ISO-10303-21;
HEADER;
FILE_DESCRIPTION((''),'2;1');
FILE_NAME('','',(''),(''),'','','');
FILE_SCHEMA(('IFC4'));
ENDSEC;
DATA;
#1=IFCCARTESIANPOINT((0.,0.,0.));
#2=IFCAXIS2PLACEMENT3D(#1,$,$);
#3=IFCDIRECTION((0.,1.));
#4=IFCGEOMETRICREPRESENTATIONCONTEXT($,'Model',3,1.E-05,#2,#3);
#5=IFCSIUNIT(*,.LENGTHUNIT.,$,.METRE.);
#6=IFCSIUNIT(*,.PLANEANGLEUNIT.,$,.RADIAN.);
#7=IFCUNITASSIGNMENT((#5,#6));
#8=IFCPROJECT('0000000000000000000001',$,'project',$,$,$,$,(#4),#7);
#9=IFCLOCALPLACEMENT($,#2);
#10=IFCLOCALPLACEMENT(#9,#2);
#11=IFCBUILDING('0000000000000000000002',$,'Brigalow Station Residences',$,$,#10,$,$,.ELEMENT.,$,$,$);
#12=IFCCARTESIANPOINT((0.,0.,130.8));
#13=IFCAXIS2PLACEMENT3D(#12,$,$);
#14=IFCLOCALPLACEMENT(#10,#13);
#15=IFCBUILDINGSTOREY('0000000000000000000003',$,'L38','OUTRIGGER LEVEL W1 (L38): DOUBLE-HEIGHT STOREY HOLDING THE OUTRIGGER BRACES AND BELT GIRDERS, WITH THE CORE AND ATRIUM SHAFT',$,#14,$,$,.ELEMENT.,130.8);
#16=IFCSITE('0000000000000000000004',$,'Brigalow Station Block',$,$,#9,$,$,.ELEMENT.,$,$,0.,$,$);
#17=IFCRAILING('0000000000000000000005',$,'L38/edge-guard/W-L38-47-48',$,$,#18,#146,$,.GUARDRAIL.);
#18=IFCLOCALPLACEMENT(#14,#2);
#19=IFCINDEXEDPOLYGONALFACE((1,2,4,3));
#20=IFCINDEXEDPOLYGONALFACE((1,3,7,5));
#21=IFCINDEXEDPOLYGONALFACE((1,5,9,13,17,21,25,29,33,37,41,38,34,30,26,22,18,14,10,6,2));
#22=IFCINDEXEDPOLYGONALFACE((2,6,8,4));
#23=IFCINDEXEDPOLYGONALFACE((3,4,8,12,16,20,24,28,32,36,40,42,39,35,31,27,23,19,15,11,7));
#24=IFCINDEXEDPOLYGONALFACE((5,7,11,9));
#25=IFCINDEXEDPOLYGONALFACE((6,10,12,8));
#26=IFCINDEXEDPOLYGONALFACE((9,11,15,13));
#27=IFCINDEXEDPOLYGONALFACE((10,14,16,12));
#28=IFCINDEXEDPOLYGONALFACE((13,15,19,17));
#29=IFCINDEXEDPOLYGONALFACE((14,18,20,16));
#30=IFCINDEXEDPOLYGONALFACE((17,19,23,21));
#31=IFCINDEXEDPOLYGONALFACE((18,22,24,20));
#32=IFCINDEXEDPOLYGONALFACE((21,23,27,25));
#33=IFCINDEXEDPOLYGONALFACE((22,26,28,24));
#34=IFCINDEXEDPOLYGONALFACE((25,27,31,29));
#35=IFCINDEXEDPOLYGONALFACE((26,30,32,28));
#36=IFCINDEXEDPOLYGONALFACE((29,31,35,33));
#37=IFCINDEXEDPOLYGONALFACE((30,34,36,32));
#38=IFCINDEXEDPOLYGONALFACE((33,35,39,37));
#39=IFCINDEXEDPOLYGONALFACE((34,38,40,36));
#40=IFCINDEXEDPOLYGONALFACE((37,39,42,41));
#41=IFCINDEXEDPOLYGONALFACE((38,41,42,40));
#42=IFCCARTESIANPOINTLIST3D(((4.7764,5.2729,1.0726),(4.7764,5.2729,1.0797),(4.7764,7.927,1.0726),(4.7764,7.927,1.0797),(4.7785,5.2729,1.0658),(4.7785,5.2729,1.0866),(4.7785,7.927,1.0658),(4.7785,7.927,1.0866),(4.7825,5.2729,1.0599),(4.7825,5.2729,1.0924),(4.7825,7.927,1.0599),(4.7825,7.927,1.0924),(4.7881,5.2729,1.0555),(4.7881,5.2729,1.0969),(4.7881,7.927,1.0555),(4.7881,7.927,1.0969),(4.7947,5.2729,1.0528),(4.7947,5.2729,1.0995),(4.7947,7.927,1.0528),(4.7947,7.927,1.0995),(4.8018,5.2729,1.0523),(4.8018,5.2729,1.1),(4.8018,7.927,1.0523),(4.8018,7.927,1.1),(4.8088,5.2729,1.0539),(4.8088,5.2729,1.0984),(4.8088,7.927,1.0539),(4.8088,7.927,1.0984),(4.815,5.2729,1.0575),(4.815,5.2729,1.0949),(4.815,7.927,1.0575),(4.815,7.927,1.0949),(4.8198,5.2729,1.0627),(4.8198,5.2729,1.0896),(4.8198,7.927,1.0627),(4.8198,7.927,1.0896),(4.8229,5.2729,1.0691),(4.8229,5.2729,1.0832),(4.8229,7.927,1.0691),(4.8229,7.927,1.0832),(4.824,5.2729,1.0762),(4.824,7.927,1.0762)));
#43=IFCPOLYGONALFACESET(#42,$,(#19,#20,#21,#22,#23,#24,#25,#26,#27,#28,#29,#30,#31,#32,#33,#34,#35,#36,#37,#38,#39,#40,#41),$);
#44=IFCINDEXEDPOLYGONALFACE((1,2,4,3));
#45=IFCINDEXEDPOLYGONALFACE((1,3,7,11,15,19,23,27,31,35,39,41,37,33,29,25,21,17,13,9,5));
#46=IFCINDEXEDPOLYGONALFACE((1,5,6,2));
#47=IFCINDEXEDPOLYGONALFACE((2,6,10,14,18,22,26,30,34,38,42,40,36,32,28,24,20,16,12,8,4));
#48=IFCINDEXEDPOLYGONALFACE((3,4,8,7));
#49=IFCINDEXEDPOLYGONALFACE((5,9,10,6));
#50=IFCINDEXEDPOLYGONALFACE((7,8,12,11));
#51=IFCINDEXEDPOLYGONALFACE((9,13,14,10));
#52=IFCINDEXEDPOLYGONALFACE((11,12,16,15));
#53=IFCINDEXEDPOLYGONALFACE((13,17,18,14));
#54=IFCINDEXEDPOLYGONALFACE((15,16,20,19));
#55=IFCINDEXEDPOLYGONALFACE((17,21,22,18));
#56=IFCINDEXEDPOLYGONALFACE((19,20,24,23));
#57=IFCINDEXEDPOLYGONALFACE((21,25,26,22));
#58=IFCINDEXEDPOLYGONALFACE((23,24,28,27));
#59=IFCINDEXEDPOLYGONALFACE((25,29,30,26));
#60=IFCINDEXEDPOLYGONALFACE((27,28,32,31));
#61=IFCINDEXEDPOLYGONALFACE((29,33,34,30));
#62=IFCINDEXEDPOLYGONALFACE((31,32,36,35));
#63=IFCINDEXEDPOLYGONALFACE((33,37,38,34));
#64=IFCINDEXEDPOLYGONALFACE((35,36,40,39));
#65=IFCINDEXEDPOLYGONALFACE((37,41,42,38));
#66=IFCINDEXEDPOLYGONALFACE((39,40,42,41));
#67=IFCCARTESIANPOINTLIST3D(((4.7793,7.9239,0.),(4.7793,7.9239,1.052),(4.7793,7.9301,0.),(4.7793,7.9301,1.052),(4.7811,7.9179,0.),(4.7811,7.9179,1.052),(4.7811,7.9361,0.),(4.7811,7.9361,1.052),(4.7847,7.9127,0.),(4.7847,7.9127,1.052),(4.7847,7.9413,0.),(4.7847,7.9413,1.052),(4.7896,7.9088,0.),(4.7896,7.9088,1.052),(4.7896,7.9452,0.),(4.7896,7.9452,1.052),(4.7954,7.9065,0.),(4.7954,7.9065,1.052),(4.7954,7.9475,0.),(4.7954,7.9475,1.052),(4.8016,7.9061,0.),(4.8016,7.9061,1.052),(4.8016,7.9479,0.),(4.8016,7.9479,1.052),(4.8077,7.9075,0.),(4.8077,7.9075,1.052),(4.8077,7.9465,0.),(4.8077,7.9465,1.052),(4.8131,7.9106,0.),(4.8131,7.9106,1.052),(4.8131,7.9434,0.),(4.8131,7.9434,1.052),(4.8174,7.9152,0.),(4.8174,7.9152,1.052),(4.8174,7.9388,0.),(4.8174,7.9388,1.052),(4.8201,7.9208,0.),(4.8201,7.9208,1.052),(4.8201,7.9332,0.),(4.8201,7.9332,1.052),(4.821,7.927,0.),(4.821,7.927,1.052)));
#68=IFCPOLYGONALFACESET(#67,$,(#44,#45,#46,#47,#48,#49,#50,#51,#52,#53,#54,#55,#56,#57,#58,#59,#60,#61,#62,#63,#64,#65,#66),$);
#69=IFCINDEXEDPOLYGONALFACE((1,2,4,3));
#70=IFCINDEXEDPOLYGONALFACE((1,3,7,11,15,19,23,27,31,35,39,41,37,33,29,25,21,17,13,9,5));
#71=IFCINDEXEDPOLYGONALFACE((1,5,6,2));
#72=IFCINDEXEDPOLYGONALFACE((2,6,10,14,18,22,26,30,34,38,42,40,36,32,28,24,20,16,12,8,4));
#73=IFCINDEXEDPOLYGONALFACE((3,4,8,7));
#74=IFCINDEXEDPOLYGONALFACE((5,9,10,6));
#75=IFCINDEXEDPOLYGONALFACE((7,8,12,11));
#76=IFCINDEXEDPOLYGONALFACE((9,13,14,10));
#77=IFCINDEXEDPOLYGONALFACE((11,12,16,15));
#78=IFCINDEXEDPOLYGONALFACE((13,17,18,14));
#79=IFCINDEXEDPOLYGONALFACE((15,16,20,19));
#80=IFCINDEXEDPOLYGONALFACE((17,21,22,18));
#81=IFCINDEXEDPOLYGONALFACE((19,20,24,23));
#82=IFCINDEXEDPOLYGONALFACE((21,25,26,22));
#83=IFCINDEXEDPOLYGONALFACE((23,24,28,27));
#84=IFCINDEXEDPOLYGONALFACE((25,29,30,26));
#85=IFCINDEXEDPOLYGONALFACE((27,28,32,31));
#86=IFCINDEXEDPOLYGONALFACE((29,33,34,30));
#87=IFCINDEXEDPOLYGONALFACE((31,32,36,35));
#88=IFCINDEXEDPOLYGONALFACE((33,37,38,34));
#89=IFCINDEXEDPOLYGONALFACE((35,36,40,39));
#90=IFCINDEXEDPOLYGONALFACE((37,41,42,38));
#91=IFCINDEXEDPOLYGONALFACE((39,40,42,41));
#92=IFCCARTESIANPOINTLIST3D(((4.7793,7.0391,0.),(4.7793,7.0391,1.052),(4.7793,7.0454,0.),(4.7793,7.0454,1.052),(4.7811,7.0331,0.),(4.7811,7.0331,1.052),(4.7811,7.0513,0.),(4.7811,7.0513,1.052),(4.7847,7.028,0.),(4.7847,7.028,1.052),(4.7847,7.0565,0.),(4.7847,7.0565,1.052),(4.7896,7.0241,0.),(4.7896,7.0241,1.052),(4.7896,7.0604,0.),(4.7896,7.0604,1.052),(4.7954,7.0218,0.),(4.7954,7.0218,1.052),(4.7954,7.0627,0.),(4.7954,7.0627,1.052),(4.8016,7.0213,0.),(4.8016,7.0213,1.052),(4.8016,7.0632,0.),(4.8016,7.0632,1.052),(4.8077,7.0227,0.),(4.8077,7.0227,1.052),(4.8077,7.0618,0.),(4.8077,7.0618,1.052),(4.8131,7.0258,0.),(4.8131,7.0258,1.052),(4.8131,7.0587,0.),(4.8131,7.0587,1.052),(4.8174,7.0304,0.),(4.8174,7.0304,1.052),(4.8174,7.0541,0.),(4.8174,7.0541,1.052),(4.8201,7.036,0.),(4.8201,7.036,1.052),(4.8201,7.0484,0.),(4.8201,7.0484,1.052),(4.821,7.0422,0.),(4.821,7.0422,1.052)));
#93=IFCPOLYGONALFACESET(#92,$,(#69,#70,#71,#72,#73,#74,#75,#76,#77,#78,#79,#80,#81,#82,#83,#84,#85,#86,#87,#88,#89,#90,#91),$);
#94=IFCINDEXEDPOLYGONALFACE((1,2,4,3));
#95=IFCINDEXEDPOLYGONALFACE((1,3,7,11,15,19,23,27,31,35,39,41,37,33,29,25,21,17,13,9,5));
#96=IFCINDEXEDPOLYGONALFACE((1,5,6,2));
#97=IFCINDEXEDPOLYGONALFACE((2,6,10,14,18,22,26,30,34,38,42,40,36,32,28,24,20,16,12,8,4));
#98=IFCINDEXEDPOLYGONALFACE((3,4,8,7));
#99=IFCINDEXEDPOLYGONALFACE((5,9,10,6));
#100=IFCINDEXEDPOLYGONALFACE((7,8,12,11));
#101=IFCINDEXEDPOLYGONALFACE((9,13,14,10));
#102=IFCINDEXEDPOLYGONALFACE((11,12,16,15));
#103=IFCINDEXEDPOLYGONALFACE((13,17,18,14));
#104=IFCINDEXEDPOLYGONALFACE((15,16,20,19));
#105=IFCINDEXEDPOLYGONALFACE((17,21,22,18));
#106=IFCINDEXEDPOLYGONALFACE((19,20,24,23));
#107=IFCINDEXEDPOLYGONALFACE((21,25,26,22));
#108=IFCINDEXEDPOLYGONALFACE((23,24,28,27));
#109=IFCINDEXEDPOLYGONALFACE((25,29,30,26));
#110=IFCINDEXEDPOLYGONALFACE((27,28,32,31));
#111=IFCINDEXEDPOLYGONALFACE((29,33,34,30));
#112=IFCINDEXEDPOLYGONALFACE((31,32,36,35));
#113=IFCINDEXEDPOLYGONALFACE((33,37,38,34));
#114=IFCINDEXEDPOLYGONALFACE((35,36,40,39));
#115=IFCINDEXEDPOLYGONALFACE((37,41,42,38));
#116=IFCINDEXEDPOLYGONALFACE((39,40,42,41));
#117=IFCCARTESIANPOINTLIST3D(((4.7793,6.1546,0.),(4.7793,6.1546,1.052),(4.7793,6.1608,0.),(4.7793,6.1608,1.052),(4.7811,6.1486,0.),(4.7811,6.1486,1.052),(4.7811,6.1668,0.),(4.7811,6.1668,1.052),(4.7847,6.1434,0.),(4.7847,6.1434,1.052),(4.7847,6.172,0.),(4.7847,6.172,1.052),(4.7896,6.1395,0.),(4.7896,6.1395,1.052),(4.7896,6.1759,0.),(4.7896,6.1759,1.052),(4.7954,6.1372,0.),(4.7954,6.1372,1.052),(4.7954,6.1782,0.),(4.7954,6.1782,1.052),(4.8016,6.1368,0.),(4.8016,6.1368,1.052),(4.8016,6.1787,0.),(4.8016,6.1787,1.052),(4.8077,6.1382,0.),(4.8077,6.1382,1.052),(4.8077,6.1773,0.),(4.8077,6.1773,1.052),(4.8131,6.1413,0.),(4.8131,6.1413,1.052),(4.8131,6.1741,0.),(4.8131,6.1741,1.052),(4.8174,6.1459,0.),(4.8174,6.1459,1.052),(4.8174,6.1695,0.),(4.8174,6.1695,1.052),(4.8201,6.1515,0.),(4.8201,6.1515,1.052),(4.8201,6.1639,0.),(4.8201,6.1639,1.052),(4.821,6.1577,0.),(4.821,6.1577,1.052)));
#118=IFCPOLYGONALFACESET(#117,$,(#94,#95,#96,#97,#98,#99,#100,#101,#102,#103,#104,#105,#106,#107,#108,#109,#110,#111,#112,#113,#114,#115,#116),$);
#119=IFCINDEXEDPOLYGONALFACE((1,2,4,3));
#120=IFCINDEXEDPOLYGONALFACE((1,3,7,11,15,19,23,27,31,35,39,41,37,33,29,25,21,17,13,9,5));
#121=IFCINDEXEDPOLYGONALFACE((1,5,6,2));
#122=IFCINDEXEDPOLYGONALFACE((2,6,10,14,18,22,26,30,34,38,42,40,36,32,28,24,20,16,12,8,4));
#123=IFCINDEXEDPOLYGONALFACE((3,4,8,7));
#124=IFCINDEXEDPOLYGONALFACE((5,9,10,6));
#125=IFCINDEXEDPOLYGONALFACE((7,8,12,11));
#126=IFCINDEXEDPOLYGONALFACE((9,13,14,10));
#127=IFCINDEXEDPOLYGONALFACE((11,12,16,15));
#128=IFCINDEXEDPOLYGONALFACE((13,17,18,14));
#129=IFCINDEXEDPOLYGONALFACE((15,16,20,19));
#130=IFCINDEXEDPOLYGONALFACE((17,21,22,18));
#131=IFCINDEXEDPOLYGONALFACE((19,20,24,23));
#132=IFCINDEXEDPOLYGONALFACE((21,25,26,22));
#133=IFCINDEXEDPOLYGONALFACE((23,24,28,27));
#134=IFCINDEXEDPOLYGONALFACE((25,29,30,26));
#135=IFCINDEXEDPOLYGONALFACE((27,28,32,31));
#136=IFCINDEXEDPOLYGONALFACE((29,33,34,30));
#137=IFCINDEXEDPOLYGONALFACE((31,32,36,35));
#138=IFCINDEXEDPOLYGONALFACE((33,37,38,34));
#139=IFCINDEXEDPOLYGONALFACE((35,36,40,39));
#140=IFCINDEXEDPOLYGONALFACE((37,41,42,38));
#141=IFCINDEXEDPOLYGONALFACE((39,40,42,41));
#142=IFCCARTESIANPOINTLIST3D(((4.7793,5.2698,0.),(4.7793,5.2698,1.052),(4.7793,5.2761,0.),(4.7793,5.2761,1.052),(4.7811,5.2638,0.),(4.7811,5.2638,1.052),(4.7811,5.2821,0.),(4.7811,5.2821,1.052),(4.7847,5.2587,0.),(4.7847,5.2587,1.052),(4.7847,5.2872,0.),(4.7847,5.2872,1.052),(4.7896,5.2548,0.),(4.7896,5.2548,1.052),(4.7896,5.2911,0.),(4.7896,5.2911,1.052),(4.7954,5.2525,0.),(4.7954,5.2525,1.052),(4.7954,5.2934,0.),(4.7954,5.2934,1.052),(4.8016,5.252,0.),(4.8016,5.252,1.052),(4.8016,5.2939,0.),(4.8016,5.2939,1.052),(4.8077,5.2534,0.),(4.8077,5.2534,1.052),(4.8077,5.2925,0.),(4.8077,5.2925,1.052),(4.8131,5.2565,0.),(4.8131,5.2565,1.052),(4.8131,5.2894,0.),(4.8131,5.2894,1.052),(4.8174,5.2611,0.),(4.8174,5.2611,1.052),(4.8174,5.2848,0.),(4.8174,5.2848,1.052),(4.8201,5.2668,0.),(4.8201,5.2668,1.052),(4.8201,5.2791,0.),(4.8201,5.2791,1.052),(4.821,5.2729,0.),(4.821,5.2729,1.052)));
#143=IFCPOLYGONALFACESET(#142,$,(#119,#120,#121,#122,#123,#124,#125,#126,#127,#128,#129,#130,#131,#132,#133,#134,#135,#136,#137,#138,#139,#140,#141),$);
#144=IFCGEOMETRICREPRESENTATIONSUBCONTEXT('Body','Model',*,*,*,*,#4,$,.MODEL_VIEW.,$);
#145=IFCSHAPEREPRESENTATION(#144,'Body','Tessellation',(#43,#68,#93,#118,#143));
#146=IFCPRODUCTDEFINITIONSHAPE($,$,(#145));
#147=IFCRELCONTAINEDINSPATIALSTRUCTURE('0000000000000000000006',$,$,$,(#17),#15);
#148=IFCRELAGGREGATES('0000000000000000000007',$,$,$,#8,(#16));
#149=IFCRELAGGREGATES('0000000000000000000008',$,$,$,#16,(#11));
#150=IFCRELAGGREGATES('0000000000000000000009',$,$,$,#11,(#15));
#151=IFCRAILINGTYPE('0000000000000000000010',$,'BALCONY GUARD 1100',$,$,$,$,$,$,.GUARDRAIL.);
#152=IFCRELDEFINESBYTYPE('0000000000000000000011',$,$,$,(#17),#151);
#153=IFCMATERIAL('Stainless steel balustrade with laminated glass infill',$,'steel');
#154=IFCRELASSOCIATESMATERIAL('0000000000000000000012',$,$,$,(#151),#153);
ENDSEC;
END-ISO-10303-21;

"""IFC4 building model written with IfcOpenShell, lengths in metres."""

from ifc_helpers import new_model, si_unit, direction, frame, origin, origin_2d, place, context, subcontext, project, spatial, circle, extrude, material, type_object, element, save


model = new_model("IFC4")

# Units and contexts
model_context = context("Model", 3, precision=1e-05, world=origin(), true_north=direction((0.0, 1.0)))
body_context = subcontext(model_context, "Body", "Model", "MODEL_VIEW")
ifc_project = project(units=[si_unit("LENGTHUNIT", "METRE"), si_unit("PLANEANGLEUNIT", "RADIAN")], contexts=[model_context])

# Site, building, storey
site_placement = place(None, origin())
site = spatial("IfcSite", under=ifc_project, at=site_placement, Name="Brigalow Station Block", CompositionType="ELEMENT", RefElevation=0.0)
building_placement = place(site_placement, origin())
building = spatial("IfcBuilding", under=site, at=building_placement, Name="Brigalow Station Residences", CompositionType="ELEMENT")
storey_placement = place(building_placement, frame((0.0, 0.0, 130.8)))
storey = spatial("IfcBuildingStorey", under=building, at=storey_placement, Name="L38", Description="OUTRIGGER LEVEL W1 (L38): DOUBLE-HEIGHT STOREY HOLDING THE OUTRIGGER BRACES AND BELT GIRDERS, WITH THE CORE AND ATRIUM SHAFT", CompositionType="ELEMENT", Elevation=130.8)

# Railing
ifc_material_1 = material(Name="Stainless steel balustrade with laminated glass infill", Category="steel")
railing_type = type_object("IfcRailingType", Name="BALCONY GUARD 1100", PredefinedType="GUARDRAIL", material=ifc_material_1)
railing_1_placement = place(storey_placement, frame((4.8, 7.927, 0.0)))
element("IfcRailing", 1, at=railing_1_placement, inside=storey, type_object=railing_type, Name="L38/edge-guard/W-L38-47-48", PredefinedType="GUARDRAIL", context=body_context, shape_type="SweptSolid", body=[
    extrude(circle(Radius=0.0239, at=origin_2d()), frame((0.0, 0.0, 1.0762), z_axis=(0.0, -1.0, 0.0), x_axis=(1.0, 0.0, 0.0)), (0.0, 0.0, 1.0), 2.6541),
    extrude(circle(Radius=0.021, at=origin_2d()), origin(), (0.0, 0.0, 1.0), 1.052),
    extrude(circle(Radius=0.021, at=origin_2d()), frame((0.0, -0.8848, 0.0)), (0.0, 0.0, 1.0), 1.052),
    extrude(circle(Radius=0.021, at=origin_2d()), frame((0.0, -1.7693, 0.0)), (0.0, 0.0, 1.0), 1.052),
    extrude(circle(Radius=0.021, at=origin_2d()), frame((0.0, -2.6541, 0.0)), (0.0, 0.0, 1.0), 1.052),
])

save(model, "model.ifc")
